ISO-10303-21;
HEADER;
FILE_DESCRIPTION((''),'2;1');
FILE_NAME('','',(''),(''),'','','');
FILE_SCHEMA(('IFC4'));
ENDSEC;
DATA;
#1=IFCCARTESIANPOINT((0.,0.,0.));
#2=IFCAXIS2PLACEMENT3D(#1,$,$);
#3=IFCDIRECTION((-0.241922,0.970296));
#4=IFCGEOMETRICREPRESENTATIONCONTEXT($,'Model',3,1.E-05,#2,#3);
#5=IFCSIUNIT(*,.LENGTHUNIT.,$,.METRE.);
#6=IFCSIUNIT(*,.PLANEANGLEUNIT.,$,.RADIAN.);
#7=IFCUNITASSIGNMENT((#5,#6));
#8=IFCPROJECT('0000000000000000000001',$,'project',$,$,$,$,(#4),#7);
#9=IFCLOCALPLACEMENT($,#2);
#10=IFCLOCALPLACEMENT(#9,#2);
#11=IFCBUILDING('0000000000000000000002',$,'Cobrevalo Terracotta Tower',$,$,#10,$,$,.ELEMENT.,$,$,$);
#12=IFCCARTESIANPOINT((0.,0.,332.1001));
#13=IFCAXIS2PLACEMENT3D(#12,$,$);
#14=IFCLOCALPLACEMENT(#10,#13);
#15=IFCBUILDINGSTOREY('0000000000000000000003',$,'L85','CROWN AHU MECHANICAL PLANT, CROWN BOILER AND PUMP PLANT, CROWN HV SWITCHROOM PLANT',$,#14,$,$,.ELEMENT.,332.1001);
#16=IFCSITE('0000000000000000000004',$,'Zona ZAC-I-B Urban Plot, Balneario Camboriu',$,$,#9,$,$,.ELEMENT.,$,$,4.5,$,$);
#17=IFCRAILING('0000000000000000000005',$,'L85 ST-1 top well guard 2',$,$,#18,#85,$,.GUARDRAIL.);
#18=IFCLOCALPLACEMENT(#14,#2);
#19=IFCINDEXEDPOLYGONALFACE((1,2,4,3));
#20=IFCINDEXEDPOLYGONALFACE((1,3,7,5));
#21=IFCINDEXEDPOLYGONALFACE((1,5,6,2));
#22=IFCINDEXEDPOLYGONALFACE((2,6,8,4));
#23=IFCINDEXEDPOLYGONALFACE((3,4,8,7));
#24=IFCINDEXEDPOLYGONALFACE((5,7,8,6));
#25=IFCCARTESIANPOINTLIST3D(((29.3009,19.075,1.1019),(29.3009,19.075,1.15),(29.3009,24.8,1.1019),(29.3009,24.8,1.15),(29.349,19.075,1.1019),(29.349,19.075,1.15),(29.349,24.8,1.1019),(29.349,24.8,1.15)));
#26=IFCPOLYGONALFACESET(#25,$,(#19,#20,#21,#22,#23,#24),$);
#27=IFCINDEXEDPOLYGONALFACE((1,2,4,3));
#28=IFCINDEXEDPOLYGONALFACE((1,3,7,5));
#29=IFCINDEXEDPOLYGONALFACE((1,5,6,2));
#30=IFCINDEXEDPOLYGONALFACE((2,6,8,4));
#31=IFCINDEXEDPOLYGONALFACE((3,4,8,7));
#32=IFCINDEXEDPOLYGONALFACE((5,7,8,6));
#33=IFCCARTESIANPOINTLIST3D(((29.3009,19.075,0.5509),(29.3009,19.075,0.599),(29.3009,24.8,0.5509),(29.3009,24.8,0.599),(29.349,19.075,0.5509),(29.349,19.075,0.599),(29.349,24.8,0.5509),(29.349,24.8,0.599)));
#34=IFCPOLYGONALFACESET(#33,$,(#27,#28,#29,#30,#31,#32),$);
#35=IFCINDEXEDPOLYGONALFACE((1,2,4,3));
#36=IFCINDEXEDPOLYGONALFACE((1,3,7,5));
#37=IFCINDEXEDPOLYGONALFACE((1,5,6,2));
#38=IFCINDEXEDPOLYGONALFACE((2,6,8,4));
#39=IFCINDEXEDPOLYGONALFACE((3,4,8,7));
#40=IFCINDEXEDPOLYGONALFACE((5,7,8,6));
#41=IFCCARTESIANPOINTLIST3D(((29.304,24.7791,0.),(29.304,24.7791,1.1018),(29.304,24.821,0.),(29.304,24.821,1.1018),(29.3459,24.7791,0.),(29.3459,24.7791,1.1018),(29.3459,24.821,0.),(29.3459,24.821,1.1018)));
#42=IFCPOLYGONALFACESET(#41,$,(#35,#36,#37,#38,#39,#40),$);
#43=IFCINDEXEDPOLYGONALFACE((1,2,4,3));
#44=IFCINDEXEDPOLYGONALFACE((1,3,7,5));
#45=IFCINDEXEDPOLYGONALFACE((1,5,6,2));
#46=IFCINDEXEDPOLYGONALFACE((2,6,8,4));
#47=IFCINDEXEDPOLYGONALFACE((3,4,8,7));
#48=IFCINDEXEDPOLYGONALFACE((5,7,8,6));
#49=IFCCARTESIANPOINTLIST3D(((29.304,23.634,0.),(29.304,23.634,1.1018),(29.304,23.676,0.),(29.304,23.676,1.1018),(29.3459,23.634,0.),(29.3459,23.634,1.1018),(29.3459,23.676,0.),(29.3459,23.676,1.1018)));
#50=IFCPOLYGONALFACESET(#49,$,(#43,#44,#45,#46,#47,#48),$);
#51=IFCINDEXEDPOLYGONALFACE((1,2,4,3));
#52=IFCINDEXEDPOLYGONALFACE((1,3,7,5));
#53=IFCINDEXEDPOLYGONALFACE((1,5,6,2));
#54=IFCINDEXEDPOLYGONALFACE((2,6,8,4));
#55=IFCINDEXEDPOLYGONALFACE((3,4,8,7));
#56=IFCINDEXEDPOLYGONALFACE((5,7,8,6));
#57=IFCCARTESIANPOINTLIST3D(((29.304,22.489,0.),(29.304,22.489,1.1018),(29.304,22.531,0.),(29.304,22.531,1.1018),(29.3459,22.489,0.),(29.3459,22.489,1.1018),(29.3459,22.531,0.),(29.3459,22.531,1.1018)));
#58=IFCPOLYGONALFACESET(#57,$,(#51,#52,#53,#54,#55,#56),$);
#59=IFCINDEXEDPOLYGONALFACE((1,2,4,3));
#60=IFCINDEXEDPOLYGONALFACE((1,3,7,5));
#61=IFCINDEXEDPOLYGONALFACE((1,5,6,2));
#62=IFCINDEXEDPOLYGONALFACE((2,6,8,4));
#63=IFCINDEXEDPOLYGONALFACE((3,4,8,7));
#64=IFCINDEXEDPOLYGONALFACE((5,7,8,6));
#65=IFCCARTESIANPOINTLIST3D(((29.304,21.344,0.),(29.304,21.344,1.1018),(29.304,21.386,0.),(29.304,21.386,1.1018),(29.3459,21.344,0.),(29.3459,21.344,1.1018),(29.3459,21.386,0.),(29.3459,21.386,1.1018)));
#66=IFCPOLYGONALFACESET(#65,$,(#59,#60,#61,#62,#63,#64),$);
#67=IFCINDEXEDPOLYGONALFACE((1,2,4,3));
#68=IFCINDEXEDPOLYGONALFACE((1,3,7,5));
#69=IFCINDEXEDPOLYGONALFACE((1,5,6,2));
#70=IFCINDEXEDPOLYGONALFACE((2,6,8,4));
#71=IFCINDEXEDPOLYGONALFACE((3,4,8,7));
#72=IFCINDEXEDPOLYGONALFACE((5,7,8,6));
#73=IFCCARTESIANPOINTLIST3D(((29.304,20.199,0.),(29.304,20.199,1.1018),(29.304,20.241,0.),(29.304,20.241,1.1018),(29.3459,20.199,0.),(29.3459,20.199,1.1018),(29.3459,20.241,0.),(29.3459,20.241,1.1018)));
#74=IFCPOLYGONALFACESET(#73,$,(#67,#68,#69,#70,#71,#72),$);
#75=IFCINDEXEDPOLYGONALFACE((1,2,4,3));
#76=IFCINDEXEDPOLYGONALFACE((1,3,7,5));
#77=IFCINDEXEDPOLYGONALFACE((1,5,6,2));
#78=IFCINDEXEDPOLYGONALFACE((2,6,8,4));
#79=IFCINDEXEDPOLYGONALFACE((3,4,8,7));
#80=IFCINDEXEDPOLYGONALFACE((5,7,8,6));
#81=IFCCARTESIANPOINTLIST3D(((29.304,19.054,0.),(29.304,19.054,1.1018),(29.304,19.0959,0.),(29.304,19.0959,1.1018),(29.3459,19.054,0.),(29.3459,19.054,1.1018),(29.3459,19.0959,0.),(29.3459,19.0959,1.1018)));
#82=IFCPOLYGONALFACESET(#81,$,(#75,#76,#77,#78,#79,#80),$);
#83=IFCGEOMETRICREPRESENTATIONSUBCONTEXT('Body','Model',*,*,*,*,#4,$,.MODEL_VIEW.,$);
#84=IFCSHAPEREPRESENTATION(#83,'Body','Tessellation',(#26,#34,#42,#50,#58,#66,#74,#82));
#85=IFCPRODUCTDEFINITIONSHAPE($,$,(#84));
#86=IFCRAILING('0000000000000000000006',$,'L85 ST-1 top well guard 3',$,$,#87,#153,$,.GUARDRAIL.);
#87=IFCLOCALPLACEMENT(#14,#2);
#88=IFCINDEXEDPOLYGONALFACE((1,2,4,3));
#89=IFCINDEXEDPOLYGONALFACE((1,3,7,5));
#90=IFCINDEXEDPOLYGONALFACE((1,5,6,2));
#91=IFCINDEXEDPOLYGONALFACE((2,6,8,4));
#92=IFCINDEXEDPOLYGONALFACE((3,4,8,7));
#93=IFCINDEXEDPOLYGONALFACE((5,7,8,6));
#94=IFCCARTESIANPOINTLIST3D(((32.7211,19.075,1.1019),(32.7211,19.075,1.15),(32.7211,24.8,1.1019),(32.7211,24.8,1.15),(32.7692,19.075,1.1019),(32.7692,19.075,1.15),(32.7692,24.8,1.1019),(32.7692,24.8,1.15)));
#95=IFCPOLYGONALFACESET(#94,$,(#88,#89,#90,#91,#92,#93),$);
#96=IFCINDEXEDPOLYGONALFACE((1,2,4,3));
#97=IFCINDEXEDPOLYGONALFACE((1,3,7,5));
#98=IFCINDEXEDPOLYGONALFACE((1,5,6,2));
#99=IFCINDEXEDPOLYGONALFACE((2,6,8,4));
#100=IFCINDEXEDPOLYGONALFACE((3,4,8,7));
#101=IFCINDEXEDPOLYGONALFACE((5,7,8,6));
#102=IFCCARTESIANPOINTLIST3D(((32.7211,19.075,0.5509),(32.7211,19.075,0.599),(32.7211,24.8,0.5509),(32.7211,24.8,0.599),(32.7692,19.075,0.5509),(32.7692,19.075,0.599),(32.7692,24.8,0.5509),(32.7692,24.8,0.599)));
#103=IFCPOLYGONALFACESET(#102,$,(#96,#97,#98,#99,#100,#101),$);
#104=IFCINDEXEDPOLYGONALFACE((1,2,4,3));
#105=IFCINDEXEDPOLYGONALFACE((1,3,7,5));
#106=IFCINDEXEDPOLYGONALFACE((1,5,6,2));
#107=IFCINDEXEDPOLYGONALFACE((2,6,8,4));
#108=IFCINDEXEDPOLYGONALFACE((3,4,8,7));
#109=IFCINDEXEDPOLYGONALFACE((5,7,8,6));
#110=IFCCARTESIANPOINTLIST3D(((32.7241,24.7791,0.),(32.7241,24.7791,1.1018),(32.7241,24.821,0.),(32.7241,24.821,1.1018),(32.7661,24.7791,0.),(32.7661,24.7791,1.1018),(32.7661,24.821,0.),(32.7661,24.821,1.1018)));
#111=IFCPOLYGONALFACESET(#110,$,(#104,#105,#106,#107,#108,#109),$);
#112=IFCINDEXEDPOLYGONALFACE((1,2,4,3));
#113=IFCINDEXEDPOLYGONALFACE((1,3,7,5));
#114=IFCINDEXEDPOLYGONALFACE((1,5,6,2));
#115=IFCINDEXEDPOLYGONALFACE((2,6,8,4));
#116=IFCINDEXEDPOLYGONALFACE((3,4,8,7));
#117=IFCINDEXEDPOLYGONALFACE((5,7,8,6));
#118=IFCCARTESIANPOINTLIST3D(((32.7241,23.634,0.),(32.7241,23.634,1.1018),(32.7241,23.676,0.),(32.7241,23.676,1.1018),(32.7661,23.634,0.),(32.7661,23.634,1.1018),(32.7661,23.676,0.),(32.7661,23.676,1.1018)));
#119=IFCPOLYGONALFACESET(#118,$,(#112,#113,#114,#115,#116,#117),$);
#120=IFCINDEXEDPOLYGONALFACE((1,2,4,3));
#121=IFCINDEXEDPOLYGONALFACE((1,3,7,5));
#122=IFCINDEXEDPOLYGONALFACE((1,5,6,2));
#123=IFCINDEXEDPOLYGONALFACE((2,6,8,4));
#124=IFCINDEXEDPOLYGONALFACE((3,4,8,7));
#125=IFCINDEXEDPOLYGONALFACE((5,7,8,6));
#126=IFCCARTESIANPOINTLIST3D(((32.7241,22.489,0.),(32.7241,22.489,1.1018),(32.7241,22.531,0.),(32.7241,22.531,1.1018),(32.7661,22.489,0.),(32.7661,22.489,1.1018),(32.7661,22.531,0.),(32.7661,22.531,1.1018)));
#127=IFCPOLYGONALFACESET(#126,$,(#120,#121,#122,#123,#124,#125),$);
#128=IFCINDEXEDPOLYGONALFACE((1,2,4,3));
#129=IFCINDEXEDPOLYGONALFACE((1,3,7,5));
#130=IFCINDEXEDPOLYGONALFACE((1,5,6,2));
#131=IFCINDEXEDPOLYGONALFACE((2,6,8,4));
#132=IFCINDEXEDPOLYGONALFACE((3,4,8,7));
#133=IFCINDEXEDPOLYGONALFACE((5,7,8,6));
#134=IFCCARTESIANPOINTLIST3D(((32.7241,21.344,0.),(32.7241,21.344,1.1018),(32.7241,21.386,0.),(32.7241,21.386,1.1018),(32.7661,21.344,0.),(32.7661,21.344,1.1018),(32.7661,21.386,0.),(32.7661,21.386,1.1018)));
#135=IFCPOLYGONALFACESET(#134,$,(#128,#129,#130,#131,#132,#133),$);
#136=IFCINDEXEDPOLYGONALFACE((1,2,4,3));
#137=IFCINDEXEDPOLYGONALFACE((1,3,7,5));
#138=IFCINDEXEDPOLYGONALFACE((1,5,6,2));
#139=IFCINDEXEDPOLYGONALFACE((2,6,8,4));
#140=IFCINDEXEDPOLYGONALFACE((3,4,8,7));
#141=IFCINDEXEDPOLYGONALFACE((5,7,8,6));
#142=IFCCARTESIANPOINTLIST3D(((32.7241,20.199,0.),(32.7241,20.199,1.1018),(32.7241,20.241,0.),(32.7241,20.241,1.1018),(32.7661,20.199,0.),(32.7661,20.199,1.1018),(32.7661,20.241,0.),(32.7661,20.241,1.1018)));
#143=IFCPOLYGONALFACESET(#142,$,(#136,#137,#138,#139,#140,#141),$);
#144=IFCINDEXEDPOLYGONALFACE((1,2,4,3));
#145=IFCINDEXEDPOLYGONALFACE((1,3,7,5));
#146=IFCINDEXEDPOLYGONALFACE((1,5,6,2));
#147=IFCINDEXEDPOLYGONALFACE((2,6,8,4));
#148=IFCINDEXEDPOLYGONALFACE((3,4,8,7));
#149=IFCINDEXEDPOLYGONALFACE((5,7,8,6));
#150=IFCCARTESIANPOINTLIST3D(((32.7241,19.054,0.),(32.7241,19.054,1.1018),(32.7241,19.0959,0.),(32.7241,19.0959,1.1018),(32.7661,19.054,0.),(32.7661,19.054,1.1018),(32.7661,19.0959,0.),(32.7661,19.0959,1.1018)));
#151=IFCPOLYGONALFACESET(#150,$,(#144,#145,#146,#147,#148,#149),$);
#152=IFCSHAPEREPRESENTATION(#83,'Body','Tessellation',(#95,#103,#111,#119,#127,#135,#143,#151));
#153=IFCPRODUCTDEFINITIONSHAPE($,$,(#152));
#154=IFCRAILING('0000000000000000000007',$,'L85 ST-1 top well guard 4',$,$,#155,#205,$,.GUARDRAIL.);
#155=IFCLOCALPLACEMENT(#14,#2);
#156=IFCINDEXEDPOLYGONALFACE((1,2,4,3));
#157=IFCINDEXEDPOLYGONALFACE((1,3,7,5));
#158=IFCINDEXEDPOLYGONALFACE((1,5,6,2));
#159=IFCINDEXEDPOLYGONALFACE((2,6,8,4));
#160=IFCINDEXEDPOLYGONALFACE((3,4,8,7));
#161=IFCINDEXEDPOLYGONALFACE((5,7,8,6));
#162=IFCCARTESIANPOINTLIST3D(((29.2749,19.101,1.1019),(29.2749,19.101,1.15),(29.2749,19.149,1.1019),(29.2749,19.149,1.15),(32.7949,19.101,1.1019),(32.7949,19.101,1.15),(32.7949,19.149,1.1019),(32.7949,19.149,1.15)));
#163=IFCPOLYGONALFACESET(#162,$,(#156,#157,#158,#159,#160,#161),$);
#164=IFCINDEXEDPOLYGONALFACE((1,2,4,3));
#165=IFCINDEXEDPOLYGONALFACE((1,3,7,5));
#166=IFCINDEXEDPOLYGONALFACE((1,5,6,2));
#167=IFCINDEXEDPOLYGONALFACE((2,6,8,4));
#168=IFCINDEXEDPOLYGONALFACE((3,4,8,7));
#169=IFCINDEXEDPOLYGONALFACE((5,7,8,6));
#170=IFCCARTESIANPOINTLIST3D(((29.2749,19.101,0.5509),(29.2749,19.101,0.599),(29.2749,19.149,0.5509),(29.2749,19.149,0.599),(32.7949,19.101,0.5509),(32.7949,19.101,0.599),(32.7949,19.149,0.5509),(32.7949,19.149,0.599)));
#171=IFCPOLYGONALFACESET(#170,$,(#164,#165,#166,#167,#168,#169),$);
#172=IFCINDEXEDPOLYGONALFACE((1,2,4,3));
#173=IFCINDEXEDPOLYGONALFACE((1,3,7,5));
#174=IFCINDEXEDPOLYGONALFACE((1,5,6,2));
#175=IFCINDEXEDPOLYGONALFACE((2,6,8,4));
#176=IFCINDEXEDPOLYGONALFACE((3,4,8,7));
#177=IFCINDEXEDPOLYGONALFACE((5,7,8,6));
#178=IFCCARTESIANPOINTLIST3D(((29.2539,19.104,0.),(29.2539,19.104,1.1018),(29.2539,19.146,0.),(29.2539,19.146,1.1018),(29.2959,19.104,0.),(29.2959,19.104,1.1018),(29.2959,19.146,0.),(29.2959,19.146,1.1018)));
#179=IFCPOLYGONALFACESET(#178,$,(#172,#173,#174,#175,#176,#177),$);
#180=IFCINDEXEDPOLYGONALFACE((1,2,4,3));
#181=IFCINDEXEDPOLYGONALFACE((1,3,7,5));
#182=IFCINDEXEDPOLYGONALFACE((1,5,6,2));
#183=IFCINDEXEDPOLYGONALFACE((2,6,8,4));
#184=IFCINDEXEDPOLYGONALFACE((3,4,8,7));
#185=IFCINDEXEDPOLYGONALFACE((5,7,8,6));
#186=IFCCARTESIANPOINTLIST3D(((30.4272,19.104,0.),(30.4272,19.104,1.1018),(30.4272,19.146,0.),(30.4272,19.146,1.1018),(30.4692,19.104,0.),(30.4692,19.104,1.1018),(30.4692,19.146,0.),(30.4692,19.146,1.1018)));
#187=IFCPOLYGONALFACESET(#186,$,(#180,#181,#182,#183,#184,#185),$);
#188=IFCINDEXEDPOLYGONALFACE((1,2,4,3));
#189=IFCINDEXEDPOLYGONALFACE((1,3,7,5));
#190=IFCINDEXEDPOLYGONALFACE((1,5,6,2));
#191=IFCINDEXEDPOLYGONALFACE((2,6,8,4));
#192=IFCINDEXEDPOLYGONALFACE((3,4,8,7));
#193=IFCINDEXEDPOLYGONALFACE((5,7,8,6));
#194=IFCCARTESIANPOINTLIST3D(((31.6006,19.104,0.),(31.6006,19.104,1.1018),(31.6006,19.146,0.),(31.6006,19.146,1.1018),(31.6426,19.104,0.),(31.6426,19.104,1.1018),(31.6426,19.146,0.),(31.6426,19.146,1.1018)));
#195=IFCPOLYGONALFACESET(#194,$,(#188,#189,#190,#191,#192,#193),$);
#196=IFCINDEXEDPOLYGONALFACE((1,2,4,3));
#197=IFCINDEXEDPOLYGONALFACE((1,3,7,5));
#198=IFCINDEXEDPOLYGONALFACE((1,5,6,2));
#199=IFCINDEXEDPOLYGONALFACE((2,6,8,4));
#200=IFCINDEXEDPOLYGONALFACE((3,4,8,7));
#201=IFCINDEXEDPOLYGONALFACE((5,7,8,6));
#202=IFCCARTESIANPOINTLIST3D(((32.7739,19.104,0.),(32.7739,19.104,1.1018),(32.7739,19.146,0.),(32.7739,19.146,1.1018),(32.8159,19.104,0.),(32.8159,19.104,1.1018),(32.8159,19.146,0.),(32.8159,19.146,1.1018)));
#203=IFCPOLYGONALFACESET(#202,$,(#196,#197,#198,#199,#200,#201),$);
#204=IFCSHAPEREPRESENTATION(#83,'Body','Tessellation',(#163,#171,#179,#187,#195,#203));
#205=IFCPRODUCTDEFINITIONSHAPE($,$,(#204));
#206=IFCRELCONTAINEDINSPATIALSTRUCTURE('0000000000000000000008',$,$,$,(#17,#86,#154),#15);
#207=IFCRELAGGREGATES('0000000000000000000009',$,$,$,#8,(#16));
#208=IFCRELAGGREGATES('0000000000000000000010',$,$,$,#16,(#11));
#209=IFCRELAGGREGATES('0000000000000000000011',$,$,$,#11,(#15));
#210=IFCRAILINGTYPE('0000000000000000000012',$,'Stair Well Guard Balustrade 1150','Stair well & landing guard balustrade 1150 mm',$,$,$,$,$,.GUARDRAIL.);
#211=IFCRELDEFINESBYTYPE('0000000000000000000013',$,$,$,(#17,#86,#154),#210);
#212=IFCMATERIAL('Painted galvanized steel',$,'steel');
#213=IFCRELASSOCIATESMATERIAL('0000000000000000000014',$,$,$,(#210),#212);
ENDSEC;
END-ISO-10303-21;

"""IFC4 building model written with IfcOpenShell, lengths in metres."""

from ifc_helpers import new_model, si_unit, direction, frame, origin, origin_2d, place, context, subcontext, project, spatial, rectangle, extrude, material, type_object, element, save


model = new_model("IFC4")

# Units and contexts
model_context = context("Model", 3, precision=1e-05, world=origin(), true_north=direction((-0.241922, 0.970296)))
body_context = subcontext(model_context, "Body", "Model", "MODEL_VIEW")
ifc_project = project(units=[si_unit("LENGTHUNIT", "METRE"), si_unit("PLANEANGLEUNIT", "RADIAN")], contexts=[model_context])

# Site, building, storey
site_placement = place(None, origin())
site = spatial("IfcSite", under=ifc_project, at=site_placement, Name="Zona ZAC-I-B Urban Plot, Balneario Camboriu", CompositionType="ELEMENT", RefElevation=4.5)
building_placement = place(site_placement, origin())
building = spatial("IfcBuilding", under=site, at=building_placement, Name="Cobrevalo Terracotta Tower", CompositionType="ELEMENT")
storey_placement = place(building_placement, frame((0.0, 0.0, 332.1001)))
storey = spatial("IfcBuildingStorey", under=building, at=storey_placement, Name="L85", Description="CROWN AHU MECHANICAL PLANT, CROWN BOILER AND PUMP PLANT, CROWN HV SWITCHROOM PLANT", CompositionType="ELEMENT", Elevation=332.1001)

# Railings
ifc_material_1 = material(Name="Painted galvanized steel", Category="steel")
railing_type = type_object("IfcRailingType", Name="Stair Well Guard Balustrade 1150", Description="Stair well & landing guard balustrade 1150 mm", PredefinedType="GUARDRAIL", material=ifc_material_1)
for number, where, name in (
    (1, (29.325, 24.8, 0.0), "L85 ST-1 top well guard 2"),
    (2, (32.7451, 24.8, 0.0), "L85 ST-1 top well guard 3"),
):
    element("IfcRailing", number, at=place(storey_placement, frame(where)), inside=storey, type_object=railing_type, Name=name, PredefinedType="GUARDRAIL", context=body_context, shape_type="SweptSolid", body=[
        extrude(rectangle(XDim=0.0481, YDim=0.0481, at=origin_2d()), frame((0.0, 0.0, 1.126), z_axis=(0.0, -1.0, 0.0), x_axis=(1.0, 0.0, 0.0)), (0.0, 0.0, 1.0), 5.7251),
        extrude(rectangle(XDim=0.0481, YDim=0.0481, at=origin_2d()), frame((0.0, 0.0, 0.575), z_axis=(0.0, -1.0, 0.0), x_axis=(1.0, 0.0, 0.0)), (0.0, 0.0, 1.0), 5.7251),
        extrude(rectangle(XDim=0.042, YDim=0.042, at=origin_2d()), origin(), (0.0, 0.0, 1.0), 1.1018),
        extrude(rectangle(XDim=0.042, YDim=0.042, at=origin_2d()), frame((0.0, -1.145, 0.0)), (0.0, 0.0, 1.0), 1.1018),
        extrude(rectangle(XDim=0.042, YDim=0.042, at=origin_2d()), frame((0.0, -2.29, 0.0)), (0.0, 0.0, 1.0), 1.1018),
        extrude(rectangle(XDim=0.042, YDim=0.042, at=origin_2d()), frame((0.0, -3.4351, 0.0)), (0.0, 0.0, 1.0), 1.1018),
        extrude(rectangle(XDim=0.042, YDim=0.042, at=origin_2d()), frame((0.0, -4.5801, 0.0)), (0.0, 0.0, 1.0), 1.1018),
        extrude(rectangle(XDim=0.042, YDim=0.042, at=origin_2d()), frame((0.0, -5.7251, 0.0)), (0.0, 0.0, 1.0), 1.1018),
    ])
railing_1_placement = place(storey_placement, frame((29.2749, 19.125, 0.0)))
element("IfcRailing", 3, at=railing_1_placement, inside=storey, type_object=railing_type, Name="L85 ST-1 top well guard 4", PredefinedType="GUARDRAIL", context=body_context, shape_type="SweptSolid", body=[
    extrude(rectangle(XDim=0.0481, YDim=0.0481, at=origin_2d()), frame((0.0, 0.0, 1.126), z_axis=(1.0, 0.0, 0.0), x_axis=(0.0, 1.0, 0.0)), (0.0, 0.0, 1.0), 3.52),
    extrude(rectangle(XDim=0.0481, YDim=0.0481, at=origin_2d()), frame((0.0, 0.0, 0.575), z_axis=(1.0, 0.0, 0.0), x_axis=(0.0, 1.0, 0.0)), (0.0, 0.0, 1.0), 3.52),
    extrude(rectangle(XDim=0.042, YDim=0.042, at=origin_2d()), origin(), (0.0, 0.0, 1.0), 1.1018),
    extrude(rectangle(XDim=0.042, YDim=0.042, at=origin_2d()), frame((1.1733, 0.0, 0.0)), (0.0, 0.0, 1.0), 1.1018),
    extrude(rectangle(XDim=0.042, YDim=0.042, at=origin_2d()), frame((2.3467, 0.0, 0.0)), (0.0, 0.0, 1.0), 1.1018),
    extrude(rectangle(XDim=0.042, YDim=0.042, at=origin_2d()), frame((3.52, 0.0, 0.0)), (0.0, 0.0, 1.0), 1.1018),
])

save(model, "model.ifc")
